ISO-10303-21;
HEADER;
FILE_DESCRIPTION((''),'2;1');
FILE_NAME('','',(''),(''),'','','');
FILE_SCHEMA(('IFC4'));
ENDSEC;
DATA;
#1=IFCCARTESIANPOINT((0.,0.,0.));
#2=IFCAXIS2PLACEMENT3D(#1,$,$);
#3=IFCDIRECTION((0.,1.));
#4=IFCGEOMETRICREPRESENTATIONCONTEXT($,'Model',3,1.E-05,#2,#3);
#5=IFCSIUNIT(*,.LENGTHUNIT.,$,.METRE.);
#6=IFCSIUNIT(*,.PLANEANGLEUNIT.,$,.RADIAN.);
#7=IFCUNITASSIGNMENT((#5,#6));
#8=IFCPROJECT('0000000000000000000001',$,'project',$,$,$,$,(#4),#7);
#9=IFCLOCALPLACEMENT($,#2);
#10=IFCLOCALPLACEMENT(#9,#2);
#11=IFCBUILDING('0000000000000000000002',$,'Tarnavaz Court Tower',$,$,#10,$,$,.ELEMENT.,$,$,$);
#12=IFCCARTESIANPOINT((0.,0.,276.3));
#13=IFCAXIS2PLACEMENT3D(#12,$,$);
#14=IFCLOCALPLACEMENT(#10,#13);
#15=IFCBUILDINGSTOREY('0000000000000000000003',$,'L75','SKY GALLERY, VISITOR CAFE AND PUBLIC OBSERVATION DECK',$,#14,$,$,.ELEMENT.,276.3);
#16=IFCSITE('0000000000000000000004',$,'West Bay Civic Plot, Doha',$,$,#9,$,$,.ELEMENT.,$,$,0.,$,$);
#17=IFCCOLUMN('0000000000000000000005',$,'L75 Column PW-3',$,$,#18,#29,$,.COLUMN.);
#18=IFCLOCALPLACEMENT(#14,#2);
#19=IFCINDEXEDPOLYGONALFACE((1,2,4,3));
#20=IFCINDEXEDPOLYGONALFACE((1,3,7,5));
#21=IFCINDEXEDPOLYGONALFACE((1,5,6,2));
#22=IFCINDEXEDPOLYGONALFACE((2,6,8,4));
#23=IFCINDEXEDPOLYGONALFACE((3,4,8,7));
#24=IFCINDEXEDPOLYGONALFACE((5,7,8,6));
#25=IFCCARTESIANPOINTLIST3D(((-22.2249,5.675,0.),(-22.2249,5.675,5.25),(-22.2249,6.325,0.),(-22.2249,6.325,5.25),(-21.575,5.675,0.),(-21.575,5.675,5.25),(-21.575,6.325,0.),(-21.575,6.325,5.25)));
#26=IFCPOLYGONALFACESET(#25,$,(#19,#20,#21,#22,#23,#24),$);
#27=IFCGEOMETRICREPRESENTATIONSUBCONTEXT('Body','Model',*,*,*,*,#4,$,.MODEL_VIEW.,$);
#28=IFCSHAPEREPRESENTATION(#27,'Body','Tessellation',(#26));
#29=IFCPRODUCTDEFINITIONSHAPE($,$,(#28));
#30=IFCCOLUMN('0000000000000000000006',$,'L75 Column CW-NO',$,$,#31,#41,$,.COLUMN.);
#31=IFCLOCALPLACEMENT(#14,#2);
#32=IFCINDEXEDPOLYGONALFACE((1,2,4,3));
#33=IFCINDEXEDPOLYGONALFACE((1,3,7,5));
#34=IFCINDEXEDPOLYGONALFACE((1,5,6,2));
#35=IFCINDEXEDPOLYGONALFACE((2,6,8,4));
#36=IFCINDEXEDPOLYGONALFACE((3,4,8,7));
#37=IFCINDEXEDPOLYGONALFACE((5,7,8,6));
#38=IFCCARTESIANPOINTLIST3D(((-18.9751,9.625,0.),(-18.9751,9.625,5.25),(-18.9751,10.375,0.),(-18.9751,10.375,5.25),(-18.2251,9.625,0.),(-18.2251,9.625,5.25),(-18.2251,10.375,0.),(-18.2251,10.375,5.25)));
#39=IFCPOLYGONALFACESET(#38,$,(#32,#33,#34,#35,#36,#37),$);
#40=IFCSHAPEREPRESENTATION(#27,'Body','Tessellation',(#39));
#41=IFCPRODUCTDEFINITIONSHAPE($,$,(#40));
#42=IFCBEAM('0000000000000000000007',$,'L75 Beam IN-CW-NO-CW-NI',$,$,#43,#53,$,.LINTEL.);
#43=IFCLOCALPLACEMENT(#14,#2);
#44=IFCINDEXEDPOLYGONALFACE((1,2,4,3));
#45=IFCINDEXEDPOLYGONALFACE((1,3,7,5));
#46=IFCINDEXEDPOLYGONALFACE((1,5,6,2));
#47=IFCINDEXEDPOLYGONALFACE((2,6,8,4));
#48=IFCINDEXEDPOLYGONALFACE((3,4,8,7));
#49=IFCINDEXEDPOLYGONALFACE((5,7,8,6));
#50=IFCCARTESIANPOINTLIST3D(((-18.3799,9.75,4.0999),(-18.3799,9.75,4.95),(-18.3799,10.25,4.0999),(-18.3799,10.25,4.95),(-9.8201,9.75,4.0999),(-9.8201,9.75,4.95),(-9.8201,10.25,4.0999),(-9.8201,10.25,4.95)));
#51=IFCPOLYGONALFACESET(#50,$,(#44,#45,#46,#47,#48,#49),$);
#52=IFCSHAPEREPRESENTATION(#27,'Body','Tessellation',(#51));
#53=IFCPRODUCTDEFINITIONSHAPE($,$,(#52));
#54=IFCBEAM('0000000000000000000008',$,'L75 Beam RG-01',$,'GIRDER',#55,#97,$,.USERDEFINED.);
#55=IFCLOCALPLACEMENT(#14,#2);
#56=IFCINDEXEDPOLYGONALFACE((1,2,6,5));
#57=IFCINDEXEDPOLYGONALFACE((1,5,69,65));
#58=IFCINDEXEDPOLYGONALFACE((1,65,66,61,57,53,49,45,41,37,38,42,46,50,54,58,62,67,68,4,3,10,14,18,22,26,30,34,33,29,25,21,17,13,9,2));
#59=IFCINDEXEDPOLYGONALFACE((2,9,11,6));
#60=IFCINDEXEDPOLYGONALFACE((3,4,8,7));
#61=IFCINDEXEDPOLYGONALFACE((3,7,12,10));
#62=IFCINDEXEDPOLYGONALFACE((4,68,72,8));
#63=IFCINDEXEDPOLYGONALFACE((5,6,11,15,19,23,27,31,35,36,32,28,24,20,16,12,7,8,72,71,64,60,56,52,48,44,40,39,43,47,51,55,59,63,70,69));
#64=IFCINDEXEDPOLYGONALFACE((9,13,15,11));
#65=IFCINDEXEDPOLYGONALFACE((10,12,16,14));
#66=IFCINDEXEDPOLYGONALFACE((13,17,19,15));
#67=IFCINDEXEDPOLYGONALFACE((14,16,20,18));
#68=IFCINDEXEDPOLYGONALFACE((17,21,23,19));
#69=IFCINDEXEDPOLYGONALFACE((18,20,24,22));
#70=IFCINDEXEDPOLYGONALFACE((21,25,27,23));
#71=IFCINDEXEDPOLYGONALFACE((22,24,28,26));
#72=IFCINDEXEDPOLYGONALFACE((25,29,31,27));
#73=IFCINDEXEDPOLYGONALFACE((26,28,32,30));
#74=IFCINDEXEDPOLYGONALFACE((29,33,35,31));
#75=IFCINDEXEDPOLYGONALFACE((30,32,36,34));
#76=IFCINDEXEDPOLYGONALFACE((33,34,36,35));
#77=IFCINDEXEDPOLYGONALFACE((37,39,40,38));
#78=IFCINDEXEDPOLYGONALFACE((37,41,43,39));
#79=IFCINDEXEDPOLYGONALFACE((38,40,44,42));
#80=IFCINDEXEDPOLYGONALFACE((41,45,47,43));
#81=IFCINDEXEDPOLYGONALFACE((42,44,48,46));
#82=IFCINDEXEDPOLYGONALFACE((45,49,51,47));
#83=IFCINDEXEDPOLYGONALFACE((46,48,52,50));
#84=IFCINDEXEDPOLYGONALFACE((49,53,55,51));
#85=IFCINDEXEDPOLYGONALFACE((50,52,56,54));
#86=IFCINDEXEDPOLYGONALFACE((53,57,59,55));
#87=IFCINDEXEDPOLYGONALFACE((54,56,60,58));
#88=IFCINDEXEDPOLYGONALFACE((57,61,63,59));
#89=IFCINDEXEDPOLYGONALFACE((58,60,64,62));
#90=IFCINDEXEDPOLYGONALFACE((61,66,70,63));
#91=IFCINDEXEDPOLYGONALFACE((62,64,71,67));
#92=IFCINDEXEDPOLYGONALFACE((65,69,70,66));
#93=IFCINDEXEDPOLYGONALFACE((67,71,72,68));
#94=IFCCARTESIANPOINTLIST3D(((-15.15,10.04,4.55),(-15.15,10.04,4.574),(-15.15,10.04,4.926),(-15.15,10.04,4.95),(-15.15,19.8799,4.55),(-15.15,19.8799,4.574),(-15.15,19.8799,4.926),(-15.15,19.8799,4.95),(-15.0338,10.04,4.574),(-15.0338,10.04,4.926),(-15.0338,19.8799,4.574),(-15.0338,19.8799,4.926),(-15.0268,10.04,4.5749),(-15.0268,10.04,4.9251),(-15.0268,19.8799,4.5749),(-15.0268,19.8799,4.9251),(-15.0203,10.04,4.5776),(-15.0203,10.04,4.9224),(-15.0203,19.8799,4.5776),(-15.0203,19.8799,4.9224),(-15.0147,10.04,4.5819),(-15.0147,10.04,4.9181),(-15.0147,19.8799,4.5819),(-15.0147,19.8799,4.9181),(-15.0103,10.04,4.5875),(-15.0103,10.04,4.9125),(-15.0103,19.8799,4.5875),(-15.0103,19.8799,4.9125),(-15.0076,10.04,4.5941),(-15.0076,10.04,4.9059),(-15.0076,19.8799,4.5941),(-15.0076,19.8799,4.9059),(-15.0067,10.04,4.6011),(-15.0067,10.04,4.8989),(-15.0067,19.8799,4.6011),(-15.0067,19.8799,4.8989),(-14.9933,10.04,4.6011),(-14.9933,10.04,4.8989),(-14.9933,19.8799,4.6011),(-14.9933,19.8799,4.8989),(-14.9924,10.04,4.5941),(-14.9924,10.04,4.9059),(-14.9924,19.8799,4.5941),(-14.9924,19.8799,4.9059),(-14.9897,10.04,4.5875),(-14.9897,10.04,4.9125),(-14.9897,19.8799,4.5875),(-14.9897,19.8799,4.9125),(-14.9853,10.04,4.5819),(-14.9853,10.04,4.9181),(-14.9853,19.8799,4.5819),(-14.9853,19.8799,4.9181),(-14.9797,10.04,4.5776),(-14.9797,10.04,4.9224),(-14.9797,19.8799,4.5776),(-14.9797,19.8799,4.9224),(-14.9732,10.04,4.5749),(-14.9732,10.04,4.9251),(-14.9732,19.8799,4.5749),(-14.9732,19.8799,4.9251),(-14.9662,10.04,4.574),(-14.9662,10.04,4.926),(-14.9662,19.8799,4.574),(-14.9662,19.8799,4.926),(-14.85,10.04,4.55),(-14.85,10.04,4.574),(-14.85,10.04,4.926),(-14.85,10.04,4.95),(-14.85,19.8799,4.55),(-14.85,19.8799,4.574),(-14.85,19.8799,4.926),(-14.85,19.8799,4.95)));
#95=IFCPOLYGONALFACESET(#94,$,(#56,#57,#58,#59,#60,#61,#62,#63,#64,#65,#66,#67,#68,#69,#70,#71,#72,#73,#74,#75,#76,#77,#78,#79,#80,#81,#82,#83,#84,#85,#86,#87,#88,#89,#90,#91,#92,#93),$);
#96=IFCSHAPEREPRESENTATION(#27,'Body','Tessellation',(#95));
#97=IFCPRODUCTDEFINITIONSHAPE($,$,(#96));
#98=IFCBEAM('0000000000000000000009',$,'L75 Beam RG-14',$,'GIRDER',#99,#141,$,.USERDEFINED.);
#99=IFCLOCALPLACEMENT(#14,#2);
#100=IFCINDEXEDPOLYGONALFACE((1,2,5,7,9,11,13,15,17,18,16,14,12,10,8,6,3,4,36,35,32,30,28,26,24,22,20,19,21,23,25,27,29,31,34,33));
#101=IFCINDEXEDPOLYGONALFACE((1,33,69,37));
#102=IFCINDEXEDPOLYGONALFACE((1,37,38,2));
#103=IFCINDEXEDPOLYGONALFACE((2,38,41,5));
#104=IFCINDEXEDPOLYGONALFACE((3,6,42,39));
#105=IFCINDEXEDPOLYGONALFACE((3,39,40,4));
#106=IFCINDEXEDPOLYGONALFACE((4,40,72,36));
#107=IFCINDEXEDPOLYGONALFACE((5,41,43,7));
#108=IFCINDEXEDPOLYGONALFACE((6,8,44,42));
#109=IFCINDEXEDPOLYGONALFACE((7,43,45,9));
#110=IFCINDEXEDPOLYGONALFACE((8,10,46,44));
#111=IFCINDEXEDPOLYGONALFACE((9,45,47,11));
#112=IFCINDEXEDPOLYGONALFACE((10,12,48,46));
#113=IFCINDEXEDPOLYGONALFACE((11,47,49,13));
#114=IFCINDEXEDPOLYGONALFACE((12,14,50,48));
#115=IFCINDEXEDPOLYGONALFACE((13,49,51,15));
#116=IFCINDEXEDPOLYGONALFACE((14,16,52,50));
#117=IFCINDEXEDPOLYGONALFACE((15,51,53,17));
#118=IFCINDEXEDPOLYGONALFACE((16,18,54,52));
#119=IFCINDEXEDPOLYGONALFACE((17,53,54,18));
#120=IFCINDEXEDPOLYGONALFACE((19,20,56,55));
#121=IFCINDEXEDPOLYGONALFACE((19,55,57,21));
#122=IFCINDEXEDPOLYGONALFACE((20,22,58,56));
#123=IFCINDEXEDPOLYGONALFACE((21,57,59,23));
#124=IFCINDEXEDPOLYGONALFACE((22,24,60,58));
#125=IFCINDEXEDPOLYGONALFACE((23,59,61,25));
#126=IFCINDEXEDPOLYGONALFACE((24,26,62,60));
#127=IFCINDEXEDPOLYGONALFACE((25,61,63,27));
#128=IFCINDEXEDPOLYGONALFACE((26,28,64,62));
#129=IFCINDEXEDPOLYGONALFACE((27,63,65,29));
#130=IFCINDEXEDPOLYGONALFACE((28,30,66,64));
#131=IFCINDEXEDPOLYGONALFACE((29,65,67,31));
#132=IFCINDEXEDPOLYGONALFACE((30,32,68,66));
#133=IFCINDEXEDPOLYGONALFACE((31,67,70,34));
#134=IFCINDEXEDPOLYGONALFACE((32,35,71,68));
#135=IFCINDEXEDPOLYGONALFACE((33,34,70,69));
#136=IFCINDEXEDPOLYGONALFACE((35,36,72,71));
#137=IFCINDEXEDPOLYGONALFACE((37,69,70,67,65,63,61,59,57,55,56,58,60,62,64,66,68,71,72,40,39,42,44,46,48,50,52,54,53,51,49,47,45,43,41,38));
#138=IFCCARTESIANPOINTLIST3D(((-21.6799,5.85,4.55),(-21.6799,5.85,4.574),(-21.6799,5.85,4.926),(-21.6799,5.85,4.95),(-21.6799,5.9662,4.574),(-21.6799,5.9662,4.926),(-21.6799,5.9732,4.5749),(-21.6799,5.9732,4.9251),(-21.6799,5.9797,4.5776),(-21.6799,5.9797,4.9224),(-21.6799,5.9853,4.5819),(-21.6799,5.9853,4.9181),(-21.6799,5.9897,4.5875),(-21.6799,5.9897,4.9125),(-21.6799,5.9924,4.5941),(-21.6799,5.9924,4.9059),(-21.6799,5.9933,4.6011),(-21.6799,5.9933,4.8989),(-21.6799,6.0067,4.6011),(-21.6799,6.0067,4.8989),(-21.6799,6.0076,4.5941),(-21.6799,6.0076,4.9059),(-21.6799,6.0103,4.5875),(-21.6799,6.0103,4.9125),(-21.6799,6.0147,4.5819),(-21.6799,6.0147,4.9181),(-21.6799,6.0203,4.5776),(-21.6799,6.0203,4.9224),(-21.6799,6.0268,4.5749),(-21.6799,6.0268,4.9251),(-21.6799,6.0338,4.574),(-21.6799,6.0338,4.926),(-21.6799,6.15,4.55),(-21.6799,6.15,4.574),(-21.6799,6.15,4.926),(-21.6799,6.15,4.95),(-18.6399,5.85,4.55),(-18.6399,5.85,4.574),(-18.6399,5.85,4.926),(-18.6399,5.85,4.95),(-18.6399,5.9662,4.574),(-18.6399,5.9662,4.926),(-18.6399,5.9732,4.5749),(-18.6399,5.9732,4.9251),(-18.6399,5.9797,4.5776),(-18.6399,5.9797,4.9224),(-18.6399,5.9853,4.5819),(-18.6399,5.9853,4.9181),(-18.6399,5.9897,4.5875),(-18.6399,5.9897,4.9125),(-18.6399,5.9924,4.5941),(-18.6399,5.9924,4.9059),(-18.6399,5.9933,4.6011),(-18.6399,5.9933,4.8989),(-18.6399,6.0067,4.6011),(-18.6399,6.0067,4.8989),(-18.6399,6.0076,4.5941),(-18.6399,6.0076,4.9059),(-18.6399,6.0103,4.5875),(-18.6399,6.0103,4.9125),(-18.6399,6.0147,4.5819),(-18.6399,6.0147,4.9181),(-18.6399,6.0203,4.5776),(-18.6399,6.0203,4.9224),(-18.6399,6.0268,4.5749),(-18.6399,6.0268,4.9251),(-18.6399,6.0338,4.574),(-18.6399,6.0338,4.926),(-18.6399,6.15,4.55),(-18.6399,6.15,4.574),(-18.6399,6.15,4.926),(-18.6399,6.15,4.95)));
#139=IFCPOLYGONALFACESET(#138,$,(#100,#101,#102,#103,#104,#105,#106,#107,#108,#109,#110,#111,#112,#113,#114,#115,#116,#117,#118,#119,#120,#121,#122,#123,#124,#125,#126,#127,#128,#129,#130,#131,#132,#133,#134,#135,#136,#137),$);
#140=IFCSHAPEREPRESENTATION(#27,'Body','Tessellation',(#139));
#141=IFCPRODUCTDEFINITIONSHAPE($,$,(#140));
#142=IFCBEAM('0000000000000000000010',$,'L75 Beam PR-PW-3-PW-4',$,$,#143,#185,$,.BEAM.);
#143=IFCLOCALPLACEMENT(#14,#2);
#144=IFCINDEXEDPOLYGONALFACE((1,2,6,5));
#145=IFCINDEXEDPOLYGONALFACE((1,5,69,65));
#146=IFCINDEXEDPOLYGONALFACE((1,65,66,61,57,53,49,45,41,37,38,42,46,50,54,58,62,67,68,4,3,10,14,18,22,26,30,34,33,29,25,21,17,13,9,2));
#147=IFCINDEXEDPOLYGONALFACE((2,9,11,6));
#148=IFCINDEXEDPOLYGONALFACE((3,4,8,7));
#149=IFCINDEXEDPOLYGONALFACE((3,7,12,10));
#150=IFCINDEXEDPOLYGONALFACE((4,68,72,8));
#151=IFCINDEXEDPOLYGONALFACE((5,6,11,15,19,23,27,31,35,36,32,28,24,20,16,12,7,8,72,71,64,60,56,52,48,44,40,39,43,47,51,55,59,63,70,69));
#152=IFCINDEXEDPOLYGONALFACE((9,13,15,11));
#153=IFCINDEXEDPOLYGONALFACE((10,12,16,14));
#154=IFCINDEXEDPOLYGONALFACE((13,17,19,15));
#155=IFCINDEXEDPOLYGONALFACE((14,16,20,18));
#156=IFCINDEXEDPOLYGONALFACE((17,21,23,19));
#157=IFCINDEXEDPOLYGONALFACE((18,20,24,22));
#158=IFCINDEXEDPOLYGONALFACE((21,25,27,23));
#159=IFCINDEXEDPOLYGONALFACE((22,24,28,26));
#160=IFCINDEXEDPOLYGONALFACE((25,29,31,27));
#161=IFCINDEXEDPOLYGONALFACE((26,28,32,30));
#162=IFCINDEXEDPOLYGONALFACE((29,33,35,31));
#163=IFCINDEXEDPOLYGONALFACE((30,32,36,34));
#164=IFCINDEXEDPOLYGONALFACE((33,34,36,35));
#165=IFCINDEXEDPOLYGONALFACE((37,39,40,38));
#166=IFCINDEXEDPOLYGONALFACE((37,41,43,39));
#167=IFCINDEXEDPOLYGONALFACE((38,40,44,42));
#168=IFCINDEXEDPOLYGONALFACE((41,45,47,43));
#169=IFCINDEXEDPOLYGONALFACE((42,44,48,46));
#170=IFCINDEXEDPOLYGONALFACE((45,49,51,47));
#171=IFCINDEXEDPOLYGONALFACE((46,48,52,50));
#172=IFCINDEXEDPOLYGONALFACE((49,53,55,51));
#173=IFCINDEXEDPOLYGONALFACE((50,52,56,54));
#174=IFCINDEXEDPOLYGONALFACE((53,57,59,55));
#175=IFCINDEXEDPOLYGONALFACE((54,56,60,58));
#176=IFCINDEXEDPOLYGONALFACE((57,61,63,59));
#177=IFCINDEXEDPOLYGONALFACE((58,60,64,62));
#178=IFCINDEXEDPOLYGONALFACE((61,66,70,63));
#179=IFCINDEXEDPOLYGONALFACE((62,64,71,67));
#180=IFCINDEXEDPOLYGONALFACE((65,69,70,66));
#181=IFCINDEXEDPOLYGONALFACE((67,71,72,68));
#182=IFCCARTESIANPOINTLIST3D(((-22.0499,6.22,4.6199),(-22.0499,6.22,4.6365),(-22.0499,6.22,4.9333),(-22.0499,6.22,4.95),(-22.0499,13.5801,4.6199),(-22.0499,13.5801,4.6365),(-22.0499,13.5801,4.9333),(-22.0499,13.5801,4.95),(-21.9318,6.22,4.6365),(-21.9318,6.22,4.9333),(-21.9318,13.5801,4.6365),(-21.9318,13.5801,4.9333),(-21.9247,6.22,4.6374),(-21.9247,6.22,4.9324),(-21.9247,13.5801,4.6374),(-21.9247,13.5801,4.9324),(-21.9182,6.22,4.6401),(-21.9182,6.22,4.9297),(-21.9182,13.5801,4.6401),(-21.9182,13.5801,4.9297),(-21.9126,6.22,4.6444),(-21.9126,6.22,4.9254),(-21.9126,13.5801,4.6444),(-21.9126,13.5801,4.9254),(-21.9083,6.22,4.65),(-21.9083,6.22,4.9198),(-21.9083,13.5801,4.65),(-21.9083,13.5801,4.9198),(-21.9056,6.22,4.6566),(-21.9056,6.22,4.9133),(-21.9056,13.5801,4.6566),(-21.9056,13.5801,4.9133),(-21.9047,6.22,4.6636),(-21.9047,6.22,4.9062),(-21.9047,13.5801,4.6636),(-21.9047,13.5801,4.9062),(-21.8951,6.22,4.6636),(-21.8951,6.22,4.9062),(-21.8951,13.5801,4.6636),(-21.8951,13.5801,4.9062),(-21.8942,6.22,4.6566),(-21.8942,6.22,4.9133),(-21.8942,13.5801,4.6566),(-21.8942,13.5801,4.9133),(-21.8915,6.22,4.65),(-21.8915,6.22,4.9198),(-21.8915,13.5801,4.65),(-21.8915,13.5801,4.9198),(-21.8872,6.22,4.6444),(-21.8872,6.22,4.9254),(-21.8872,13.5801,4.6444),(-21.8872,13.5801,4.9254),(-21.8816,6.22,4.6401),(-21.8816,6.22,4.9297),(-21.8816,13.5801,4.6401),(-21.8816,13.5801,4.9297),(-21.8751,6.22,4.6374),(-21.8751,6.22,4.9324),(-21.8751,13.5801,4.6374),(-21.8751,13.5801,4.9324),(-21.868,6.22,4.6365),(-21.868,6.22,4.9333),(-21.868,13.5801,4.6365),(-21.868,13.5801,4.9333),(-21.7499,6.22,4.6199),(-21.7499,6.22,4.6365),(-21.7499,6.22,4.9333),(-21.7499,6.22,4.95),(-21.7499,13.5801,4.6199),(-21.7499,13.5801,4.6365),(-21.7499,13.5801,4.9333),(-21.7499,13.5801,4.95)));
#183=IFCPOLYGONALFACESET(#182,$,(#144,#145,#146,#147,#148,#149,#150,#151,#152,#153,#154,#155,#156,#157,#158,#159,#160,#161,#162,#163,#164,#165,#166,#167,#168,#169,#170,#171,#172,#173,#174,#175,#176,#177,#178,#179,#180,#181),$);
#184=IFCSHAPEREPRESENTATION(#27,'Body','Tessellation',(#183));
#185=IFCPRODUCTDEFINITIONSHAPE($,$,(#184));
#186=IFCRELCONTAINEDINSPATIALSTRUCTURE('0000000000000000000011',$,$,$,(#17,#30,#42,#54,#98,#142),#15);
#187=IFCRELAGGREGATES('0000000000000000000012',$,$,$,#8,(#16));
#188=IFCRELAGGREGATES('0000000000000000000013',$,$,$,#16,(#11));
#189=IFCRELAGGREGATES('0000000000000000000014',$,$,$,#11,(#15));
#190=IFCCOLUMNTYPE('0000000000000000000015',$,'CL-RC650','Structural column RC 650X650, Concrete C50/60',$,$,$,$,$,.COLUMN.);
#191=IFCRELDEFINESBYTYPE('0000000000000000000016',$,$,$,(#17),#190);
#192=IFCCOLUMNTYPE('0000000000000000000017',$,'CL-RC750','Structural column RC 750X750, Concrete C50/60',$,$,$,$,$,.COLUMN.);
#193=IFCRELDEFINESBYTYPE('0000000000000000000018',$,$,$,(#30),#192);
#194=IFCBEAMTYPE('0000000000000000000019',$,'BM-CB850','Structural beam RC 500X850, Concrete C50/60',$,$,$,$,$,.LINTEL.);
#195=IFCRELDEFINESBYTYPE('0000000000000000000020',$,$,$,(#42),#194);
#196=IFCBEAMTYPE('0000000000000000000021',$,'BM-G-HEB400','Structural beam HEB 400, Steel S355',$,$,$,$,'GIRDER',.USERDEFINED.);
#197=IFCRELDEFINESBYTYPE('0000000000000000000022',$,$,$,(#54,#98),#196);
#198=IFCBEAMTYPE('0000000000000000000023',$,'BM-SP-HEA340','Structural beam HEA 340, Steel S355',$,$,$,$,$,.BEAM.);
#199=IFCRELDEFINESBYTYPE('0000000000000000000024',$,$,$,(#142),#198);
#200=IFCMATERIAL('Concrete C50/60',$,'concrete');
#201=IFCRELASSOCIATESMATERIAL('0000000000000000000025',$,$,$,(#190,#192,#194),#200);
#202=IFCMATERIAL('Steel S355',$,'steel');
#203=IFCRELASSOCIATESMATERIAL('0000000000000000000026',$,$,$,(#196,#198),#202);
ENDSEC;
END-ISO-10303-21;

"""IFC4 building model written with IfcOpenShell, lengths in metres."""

from ifc_helpers import new_model, si_unit, direction, frame, origin, origin_2d, place, context, subcontext, project, spatial, rectangle, i_section, extrude, material, material_profile, profile_set, type_object, element, save


model = new_model("IFC4")

# Units and contexts
model_context = context("Model", 3, precision=1e-05, world=origin(), true_north=direction((0.0, 1.0)))
body_context = subcontext(model_context, "Body", "Model", "MODEL_VIEW")
ifc_project = project(units=[si_unit("LENGTHUNIT", "METRE"), si_unit("PLANEANGLEUNIT", "RADIAN")], contexts=[model_context])

# Site, building, storey
site_placement = place(None, origin())
site = spatial("IfcSite", under=ifc_project, at=site_placement, Name="West Bay Civic Plot, Doha", CompositionType="ELEMENT", RefElevation=0.0)
building_placement = place(site_placement, origin())
building = spatial("IfcBuilding", under=site, at=building_placement, Name="Tarnavaz Court Tower", CompositionType="ELEMENT")
storey_placement = place(building_placement, frame((0.0, 0.0, 276.3)))
storey = spatial("IfcBuildingStorey", under=building, at=storey_placement, Name="L75", Description="SKY GALLERY, VISITOR CAFE AND PUBLIC OBSERVATION DECK", CompositionType="ELEMENT", Elevation=276.3)

# Columns
ifc_material_1 = material(Name="Concrete C50/60", Category="concrete")
ifc_material_profile_1 = material_profile(ifc_material_1, rectangle(XDim=0.6499, YDim=0.6499, at=origin_2d()), Name="RC 650X650")
ifc_profile_set_1 = profile_set([ifc_material_profile_1], Name="Concrete C50/60")
column_type_1 = type_object("IfcColumnType", Name="CL-RC650", Description="Structural column RC 650X650, Concrete C50/60", PredefinedType="COLUMN", material=ifc_profile_set_1)
column_1_placement = place(storey_placement, frame((-21.8999, 6.0, 0.0), z_axis=(0.0, 0.0, 1.0), x_axis=(1.0, 0.0, 0.0)))
element("IfcColumn", 1, at=column_1_placement, inside=storey, type_object=column_type_1, Name="L75 Column PW-3", PredefinedType="COLUMN", context=body_context, shape_type="SweptSolid", body=[
    extrude(rectangle(XDim=0.6499, YDim=0.6499, at=origin_2d()), origin(), (0.0, 0.0, 1.0), 5.25),
])
ifc_material_profile_2 = material_profile(ifc_material_1, rectangle(XDim=0.75, YDim=0.75, at=origin_2d()), Name="RC 750X750")
ifc_profile_set_2 = profile_set([ifc_material_profile_2], Name="Concrete C50/60")
column_type_2 = type_object("IfcColumnType", Name="CL-RC750", Description="Structural column RC 750X750, Concrete C50/60", PredefinedType="COLUMN", material=ifc_profile_set_2)
column_2_placement = place(storey_placement, frame((-18.6001, 10.0, 0.0), z_axis=(0.0, 0.0, 1.0), x_axis=(1.0, 0.0, 0.0)))
element("IfcColumn", 2, at=column_2_placement, inside=storey, type_object=column_type_2, Name="L75 Column CW-NO", PredefinedType="COLUMN", context=body_context, shape_type="SweptSolid", body=[
    extrude(rectangle(XDim=0.75, YDim=0.75, at=origin_2d()), origin(), (0.0, 0.0, 1.0), 5.25),
])

# Beams
ifc_material_profile_3 = material_profile(ifc_material_1, rectangle(XDim=0.5, YDim=0.8501, at=origin_2d()), Name="RC 500X850")
ifc_profile_set_3 = profile_set([ifc_material_profile_3], Name="Concrete C50/60")
beam_type_1 = type_object("IfcBeamType", Name="BM-CB850", Description="Structural beam RC 500X850, Concrete C50/60", PredefinedType="LINTEL", material=ifc_profile_set_3)
beam_1_placement = place(storey_placement, frame((-18.3799, 10.0, 4.5249), z_axis=(1.0, 0.0, 0.0), x_axis=(0.0, 1.0, 0.0)))
element("IfcBeam", 3, at=beam_1_placement, inside=storey, type_object=beam_type_1, Name="L75 Beam IN-CW-NO-CW-NI", PredefinedType="LINTEL", context=body_context, shape_type="SweptSolid", body=[
    extrude(rectangle(XDim=0.5, YDim=0.8501, at=origin_2d()), origin(), (0.0, 0.0, 1.0), 8.5598),
])
ifc_material_2 = material(Name="Steel S355", Category="steel")
ifc_material_profile_4 = material_profile(ifc_material_2, i_section(OverallWidth=0.3, OverallDepth=0.3999, WebThickness=0.0134, FlangeThickness=0.0239, FilletRadius=0.0271, at=origin_2d()), Name="HEB 400")
ifc_profile_set_4 = profile_set([ifc_material_profile_4], Name="Steel S355")
beam_type_2 = type_object("IfcBeamType", Name="BM-G-HEB400", Description="Structural beam HEB 400, Steel S355", ElementType="GIRDER", PredefinedType="USERDEFINED", material=ifc_profile_set_4)
beam_2_placement = place(storey_placement, frame((-15.0, 10.04, 4.75), z_axis=(0.0, 1.0, 0.0), x_axis=(-1.0, 0.0, 0.0)))
element("IfcBeam", 4, at=beam_2_placement, inside=storey, type_object=beam_type_2, Name="L75 Beam RG-01", ObjectType="GIRDER", PredefinedType="USERDEFINED", context=body_context, shape_type="SweptSolid", body=[
    extrude(i_section(OverallWidth=0.3, OverallDepth=0.3999, WebThickness=0.0134, FlangeThickness=0.0239, FilletRadius=0.0271, at=origin_2d()), origin(), (0.0, 0.0, 1.0), 9.8398),
])
beam_3_placement = place(storey_placement, frame((-18.6399, 6.0, 4.75), z_axis=(-1.0, 0.0, 0.0), x_axis=(0.0, -1.0, 0.0)))
element("IfcBeam", 5, at=beam_3_placement, inside=storey, type_object=beam_type_2, Name="L75 Beam RG-14", ObjectType="GIRDER", PredefinedType="USERDEFINED", context=body_context, shape_type="SweptSolid", body=[
    extrude(i_section(OverallWidth=0.3, OverallDepth=0.3999, WebThickness=0.0134, FlangeThickness=0.0239, FilletRadius=0.0271, at=origin_2d()), origin(), (0.0, 0.0, 1.0), 3.04),
])
ifc_material_profile_5 = material_profile(ifc_material_2, i_section(OverallWidth=0.3, OverallDepth=0.3301, WebThickness=0.0095, FlangeThickness=0.0166, FilletRadius=0.0271, at=origin_2d()), Name="HEA 340")
ifc_profile_set_5 = profile_set([ifc_material_profile_5], Name="Steel S355")
beam_type_3 = type_object("IfcBeamType", Name="BM-SP-HEA340", Description="Structural beam HEA 340, Steel S355", PredefinedType="BEAM", material=ifc_profile_set_5)
beam_4_placement = place(storey_placement, frame((-21.8999, 6.22, 4.7849), z_axis=(0.0, 1.0, 0.0), x_axis=(-1.0, 0.0, 0.0)))
element("IfcBeam", 6, at=beam_4_placement, inside=storey, type_object=beam_type_3, Name="L75 Beam PR-PW-3-PW-4", PredefinedType="BEAM", context=body_context, shape_type="SweptSolid", body=[
    extrude(i_section(OverallWidth=0.3, OverallDepth=0.3301, WebThickness=0.0095, FlangeThickness=0.0166, FilletRadius=0.0271, at=origin_2d()), origin(), (0.0, 0.0, 1.0), 7.3601),
])

save(model, "model.ifc")
